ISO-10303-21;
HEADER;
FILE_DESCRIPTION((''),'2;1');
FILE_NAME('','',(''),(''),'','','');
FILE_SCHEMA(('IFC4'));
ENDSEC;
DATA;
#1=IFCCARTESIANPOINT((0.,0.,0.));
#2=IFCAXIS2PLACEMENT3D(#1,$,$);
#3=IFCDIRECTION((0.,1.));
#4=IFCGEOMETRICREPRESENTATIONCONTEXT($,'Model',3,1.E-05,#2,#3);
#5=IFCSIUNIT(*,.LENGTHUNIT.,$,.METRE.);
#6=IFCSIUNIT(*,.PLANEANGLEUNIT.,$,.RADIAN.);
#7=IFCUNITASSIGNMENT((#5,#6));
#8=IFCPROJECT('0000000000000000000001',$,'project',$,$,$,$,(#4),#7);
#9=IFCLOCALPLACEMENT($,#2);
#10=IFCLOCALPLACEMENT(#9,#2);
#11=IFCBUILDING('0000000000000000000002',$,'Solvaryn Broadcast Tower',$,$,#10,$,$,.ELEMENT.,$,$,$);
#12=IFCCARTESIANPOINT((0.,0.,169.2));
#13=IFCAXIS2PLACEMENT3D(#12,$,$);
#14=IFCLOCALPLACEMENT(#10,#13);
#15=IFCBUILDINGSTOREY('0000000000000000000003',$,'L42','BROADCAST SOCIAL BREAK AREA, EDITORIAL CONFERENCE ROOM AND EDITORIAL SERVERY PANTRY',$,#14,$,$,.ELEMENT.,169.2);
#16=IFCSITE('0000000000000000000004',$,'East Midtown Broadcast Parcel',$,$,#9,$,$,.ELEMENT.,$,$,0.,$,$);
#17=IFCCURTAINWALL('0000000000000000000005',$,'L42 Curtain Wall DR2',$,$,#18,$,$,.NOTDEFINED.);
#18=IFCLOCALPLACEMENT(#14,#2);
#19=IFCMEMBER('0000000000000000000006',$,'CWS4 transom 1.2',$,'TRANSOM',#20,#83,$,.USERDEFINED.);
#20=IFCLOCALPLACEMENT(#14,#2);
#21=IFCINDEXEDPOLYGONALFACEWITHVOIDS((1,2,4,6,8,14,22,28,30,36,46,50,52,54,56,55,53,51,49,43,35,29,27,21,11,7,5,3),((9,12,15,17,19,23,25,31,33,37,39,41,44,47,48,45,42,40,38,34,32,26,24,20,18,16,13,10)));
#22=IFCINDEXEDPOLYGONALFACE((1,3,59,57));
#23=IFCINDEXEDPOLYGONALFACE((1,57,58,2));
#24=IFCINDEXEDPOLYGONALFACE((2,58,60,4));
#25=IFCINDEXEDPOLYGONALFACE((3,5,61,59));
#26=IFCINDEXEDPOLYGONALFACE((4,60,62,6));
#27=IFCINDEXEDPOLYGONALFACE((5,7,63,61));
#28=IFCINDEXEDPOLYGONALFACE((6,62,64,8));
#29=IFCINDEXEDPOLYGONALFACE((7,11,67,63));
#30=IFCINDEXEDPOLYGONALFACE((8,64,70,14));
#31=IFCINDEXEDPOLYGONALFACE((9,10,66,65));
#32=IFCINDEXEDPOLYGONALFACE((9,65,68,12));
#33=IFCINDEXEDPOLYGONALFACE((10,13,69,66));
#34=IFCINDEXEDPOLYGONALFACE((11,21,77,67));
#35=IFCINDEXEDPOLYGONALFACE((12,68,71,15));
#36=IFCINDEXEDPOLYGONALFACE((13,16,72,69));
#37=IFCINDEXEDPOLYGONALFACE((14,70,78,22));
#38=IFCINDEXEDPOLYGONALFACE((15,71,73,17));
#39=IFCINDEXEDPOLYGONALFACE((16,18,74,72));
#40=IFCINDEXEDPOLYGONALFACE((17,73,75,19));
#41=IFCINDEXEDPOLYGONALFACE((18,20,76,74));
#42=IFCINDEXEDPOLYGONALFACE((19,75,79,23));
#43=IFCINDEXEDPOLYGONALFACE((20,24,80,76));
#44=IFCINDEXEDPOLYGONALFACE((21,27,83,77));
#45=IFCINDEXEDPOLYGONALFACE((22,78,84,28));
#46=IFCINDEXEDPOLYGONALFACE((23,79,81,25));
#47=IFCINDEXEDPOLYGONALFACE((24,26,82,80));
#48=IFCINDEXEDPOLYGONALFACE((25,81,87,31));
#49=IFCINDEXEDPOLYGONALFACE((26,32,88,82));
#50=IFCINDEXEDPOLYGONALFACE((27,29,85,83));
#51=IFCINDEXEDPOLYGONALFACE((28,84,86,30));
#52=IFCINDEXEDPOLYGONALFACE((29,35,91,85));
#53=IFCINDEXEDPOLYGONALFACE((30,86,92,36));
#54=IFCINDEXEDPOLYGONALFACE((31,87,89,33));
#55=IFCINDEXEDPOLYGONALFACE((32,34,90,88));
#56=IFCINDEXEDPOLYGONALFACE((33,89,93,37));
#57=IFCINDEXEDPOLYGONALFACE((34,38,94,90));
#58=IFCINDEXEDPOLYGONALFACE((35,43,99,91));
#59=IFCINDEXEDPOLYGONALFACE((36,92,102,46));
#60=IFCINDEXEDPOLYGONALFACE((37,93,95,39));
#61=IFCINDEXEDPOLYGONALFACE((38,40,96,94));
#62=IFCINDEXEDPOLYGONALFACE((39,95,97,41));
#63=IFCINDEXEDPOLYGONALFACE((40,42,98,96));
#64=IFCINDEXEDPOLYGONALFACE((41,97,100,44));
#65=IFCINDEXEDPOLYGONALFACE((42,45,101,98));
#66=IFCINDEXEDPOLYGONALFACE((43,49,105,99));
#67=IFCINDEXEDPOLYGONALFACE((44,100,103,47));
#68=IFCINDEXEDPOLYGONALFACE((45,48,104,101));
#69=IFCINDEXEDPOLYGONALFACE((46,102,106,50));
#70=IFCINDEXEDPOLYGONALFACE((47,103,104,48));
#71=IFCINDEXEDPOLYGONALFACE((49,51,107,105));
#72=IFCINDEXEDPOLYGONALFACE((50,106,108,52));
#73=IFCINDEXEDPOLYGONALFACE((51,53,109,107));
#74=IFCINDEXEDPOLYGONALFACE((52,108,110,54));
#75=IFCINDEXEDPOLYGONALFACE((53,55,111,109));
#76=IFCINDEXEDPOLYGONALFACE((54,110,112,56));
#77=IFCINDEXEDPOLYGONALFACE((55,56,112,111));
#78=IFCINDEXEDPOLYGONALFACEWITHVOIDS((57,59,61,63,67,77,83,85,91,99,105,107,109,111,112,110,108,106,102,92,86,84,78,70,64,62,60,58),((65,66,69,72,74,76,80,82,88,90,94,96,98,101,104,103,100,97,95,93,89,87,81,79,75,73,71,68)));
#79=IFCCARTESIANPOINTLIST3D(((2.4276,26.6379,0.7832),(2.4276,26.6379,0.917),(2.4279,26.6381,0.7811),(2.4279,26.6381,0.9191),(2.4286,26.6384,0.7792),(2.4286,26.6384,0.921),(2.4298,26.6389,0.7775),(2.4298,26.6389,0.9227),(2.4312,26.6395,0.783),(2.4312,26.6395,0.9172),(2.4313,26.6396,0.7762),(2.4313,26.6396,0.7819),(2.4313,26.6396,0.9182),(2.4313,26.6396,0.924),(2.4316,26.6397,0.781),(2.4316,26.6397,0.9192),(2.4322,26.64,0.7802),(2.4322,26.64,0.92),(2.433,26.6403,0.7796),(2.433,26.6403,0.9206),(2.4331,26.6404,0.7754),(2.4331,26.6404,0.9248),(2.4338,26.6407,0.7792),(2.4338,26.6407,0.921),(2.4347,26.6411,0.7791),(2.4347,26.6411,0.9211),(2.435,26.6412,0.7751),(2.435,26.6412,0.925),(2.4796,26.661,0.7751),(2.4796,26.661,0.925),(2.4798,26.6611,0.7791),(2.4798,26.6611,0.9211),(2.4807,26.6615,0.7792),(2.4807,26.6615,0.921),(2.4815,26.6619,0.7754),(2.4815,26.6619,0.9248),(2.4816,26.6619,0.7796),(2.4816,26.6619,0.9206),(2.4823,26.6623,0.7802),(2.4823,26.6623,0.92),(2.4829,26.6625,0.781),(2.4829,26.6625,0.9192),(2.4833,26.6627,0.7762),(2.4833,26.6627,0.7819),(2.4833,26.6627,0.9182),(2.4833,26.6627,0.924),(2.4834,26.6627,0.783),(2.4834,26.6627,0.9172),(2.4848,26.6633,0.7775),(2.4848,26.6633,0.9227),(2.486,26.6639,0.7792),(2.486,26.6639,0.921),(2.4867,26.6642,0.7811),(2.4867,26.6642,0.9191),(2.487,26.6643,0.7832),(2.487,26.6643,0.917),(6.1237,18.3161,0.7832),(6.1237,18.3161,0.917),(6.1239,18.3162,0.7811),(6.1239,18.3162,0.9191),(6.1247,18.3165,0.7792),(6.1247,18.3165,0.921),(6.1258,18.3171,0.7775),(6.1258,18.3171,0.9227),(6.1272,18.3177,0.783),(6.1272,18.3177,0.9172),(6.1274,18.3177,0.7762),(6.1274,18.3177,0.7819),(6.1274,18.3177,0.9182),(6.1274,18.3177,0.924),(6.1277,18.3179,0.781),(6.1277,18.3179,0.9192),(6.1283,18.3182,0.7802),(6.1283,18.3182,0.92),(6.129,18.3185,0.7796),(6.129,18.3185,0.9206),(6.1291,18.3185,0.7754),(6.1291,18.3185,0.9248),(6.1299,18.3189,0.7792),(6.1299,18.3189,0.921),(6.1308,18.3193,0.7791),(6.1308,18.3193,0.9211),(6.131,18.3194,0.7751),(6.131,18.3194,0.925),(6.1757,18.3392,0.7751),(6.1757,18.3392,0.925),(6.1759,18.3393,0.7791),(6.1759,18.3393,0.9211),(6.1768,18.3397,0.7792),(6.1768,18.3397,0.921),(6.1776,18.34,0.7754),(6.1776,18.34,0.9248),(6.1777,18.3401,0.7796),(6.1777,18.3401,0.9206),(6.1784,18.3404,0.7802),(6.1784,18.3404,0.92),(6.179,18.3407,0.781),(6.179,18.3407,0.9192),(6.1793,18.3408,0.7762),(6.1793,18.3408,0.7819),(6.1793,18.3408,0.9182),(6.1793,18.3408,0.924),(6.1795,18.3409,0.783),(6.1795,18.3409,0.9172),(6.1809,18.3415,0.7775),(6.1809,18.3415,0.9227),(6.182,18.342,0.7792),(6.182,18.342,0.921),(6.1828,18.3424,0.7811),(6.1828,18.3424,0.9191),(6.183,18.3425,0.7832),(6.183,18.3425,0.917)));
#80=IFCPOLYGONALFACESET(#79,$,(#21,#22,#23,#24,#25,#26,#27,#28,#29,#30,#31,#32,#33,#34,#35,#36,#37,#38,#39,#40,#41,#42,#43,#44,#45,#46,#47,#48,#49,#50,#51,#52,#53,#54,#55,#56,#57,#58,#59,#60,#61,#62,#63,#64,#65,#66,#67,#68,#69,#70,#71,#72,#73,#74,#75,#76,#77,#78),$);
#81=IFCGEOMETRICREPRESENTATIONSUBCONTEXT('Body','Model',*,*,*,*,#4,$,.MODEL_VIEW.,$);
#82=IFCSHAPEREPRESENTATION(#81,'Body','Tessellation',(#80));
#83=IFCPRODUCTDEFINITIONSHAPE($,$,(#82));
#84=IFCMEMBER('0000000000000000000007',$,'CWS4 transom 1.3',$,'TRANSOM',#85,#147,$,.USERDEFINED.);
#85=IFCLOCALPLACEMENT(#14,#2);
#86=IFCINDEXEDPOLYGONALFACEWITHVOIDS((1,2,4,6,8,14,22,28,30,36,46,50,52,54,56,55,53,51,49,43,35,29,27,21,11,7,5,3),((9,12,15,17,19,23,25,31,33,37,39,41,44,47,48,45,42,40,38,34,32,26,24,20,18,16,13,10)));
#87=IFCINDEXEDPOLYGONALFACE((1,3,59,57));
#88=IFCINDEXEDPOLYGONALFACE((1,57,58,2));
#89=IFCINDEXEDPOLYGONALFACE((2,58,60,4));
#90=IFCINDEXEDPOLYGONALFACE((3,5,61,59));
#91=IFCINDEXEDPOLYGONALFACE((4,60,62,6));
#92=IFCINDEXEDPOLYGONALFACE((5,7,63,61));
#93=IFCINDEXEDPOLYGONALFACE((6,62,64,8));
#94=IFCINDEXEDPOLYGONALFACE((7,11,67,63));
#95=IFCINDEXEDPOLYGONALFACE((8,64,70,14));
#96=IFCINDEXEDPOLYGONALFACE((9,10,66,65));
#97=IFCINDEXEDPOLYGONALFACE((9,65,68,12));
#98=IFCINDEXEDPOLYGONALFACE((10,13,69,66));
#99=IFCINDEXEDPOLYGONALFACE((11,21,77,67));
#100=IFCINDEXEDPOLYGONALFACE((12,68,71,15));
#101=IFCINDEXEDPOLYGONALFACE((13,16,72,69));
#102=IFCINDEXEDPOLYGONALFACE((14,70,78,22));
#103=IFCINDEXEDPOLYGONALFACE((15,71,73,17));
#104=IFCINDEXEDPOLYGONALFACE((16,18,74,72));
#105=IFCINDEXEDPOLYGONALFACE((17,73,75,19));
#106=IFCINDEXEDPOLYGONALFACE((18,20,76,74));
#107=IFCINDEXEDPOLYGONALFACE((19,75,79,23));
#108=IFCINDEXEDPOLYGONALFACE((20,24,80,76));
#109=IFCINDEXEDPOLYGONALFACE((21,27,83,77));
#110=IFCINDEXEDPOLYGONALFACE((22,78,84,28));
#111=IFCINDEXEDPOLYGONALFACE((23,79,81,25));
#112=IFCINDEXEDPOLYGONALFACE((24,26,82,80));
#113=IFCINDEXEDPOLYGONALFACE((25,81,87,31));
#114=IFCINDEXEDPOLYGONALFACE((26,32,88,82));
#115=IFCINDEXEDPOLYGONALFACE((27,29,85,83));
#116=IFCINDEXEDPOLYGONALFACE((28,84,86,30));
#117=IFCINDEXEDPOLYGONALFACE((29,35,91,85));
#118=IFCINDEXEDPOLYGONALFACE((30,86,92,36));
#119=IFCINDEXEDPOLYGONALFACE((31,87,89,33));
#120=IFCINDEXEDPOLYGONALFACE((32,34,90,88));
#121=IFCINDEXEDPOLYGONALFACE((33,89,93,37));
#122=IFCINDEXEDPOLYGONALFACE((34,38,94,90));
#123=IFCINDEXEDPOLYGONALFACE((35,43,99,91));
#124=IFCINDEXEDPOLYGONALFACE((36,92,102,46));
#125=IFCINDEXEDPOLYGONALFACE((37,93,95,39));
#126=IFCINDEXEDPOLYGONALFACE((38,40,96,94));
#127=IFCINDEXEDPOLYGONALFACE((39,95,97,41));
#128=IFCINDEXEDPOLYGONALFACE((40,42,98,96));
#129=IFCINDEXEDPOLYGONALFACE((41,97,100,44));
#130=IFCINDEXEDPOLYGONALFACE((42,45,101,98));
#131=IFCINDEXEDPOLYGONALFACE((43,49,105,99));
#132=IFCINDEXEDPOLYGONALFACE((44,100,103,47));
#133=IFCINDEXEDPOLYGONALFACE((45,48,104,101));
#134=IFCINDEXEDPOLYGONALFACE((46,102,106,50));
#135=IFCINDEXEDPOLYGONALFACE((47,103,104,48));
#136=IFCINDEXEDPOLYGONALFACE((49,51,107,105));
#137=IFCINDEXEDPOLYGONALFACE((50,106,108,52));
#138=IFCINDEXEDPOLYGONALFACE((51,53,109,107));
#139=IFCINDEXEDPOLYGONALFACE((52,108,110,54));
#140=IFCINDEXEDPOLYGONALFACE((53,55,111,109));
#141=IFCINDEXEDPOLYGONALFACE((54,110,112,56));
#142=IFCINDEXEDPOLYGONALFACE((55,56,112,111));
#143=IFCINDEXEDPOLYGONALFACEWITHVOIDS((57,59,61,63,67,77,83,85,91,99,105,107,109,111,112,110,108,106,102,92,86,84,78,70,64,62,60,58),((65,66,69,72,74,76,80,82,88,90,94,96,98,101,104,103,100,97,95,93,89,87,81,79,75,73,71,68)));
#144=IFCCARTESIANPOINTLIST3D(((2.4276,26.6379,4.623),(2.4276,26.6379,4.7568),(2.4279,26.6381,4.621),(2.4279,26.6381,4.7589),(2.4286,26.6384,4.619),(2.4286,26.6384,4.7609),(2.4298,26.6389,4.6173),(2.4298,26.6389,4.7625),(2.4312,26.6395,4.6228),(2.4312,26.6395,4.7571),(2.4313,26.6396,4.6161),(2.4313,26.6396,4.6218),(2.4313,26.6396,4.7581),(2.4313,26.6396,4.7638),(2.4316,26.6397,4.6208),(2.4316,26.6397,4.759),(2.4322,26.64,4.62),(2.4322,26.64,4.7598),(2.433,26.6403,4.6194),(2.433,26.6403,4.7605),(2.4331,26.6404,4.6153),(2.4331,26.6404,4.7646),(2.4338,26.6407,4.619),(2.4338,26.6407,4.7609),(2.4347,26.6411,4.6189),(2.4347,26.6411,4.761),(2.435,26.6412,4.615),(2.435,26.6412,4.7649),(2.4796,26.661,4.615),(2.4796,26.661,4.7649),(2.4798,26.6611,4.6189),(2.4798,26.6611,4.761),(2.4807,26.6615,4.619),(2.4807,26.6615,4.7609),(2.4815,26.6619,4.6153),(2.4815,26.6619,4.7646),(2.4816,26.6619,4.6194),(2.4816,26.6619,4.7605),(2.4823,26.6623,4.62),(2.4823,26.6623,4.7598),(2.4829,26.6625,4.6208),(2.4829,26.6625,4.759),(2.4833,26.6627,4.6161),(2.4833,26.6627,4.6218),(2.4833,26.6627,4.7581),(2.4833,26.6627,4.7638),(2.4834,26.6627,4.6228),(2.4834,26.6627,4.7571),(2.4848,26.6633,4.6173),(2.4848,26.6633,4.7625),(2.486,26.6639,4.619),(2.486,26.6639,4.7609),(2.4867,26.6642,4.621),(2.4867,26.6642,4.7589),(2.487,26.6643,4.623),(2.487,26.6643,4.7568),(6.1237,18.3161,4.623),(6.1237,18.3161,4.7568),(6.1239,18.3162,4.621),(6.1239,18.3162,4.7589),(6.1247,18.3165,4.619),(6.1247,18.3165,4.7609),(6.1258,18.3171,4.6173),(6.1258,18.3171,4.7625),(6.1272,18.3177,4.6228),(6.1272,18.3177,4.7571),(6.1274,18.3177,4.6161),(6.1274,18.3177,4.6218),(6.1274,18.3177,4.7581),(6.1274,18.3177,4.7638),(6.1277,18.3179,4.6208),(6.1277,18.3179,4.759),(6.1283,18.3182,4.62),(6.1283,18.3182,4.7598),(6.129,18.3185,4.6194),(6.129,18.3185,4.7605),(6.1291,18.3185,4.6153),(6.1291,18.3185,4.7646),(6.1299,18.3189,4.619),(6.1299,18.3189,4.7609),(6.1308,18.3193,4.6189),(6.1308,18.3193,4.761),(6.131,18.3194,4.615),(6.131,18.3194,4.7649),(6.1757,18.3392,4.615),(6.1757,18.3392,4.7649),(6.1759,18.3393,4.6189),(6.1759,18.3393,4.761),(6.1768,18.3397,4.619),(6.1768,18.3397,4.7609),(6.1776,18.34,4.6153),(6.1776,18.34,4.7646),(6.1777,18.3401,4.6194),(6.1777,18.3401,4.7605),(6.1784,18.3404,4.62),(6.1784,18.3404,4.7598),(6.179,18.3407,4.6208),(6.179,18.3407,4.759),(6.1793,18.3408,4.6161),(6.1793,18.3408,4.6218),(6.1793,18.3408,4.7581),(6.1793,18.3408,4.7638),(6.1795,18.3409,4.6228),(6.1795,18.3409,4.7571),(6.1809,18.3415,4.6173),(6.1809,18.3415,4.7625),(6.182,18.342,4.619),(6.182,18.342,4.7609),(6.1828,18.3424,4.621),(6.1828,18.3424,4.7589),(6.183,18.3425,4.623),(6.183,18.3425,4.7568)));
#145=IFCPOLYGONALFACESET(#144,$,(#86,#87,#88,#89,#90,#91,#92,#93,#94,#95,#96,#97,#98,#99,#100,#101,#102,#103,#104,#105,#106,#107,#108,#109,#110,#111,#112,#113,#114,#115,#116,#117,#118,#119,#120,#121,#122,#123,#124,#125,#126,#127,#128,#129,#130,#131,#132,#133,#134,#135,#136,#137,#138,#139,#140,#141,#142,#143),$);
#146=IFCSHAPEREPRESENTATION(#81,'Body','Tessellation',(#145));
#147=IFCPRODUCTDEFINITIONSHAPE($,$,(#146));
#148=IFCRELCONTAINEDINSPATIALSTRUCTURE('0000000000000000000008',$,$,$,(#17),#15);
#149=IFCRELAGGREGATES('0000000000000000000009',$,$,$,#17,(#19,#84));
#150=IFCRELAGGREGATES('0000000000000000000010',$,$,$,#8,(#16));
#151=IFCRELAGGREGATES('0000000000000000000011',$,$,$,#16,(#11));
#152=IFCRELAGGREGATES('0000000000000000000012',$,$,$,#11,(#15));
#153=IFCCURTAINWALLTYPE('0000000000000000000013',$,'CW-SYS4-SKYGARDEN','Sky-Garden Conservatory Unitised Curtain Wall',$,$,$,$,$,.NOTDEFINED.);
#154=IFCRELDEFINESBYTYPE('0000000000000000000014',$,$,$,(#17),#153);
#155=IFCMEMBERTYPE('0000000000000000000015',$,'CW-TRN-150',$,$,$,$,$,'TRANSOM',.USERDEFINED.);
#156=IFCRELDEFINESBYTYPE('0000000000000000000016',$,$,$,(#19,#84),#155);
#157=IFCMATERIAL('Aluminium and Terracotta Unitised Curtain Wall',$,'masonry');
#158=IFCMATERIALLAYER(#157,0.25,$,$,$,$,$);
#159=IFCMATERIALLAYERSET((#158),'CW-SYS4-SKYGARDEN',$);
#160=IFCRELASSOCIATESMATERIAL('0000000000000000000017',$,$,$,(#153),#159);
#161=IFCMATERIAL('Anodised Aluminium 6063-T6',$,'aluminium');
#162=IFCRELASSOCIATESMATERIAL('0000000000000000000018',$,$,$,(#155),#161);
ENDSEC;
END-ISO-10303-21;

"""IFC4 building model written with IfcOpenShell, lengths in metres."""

from ifc_helpers import new_model, si_unit, direction, frame, origin, origin_2d, place, context, subcontext, project, spatial, hollow_rectangle, extrude, material, layer, layer_set, material_profile, profile_set, type_object, element, aggregate, save


model = new_model("IFC4")

# Units and contexts
model_context = context("Model", 3, precision=1e-05, world=origin(), true_north=direction((0.0, 1.0)))
body_context = subcontext(model_context, "Body", "Model", "MODEL_VIEW")
ifc_project = project(units=[si_unit("LENGTHUNIT", "METRE"), si_unit("PLANEANGLEUNIT", "RADIAN")], contexts=[model_context])

# Site, building, storey
site_placement = place(None, origin())
site = spatial("IfcSite", under=ifc_project, at=site_placement, Name="East Midtown Broadcast Parcel", CompositionType="ELEMENT", RefElevation=0.0)
building_placement = place(site_placement, origin())
building = spatial("IfcBuilding", under=site, at=building_placement, Name="Solvaryn Broadcast Tower", CompositionType="ELEMENT")
storey_placement = place(building_placement, frame((0.0, 0.0, 169.2)))
storey = spatial("IfcBuildingStorey", under=building, at=storey_placement, Name="L42", Description="BROADCAST SOCIAL BREAK AREA, EDITORIAL CONFERENCE ROOM AND EDITORIAL SERVERY PANTRY", CompositionType="ELEMENT", Elevation=169.2)

# Shared definitions
ifc_material_1 = material(Name="Aluminium and Terracotta Unitised Curtain Wall", Category="masonry")
ifc_layer_1 = layer(ifc_material_1, 0.25)
ifc_layer_set_1 = layer_set([ifc_layer_1], Name="CW-SYS4-SKYGARDEN")
curtain_wall_type = type_object("IfcCurtainWallType", Name="CW-SYS4-SKYGARDEN", Description="Sky-Garden Conservatory Unitised Curtain Wall", PredefinedType="NOTDEFINED", material=ifc_layer_set_1)

# Curtain wall, members
curtain_wall_1_placement = place(storey_placement, origin())
curtain_wall_1 = element("IfcCurtainWall", 1, at=curtain_wall_1_placement, inside=storey, type_object=curtain_wall_type, Name="L42 Curtain Wall DR2", PredefinedType="NOTDEFINED")
ifc_material_2 = material(Name="Anodised Aluminium 6063-T6", Category="aluminium")
ifc_material_profile_1 = material_profile(ifc_material_2, hollow_rectangle(XDim=0.0649, YDim=0.1499, WallThickness=0.0039, InnerFilletRadius=0.0039, OuterFilletRadius=0.0081, at=origin_2d()))
ifc_profile_set_1 = profile_set([ifc_material_profile_1], Name="Anodised Aluminium 6063-T6")
member_type_1 = type_object("IfcMemberType", Name="CW-TRN-150", ElementType="TRANSOM", PredefinedType="USERDEFINED", material=ifc_profile_set_1)
member_1_placement = place(storey_placement, frame((2.4573, 26.6511, 0.8501), z_axis=(0.405907, -0.913914, 0.0), x_axis=(0.913914, 0.405907, 0.0)))
member_1 = element("IfcMember", 2, at=member_1_placement, type_object=member_type_1, Name="CWS4 transom 1.2", ObjectType="TRANSOM", PredefinedType="USERDEFINED", context=body_context, shape_type="SweptSolid", body=[
    extrude(hollow_rectangle(XDim=0.0649, YDim=0.1499, WallThickness=0.0039, InnerFilletRadius=0.0039, OuterFilletRadius=0.0081, at=origin_2d()), origin(), (0.0, 0.0, 1.0), 9.1057),
])
member_2_placement = place(storey_placement, frame((2.4573, 26.6511, 4.6899), z_axis=(0.405907, -0.913914, 0.0), x_axis=(0.913914, 0.405907, 0.0)))
member_2 = element("IfcMember", 3, at=member_2_placement, type_object=member_type_1, Name="CWS4 transom 1.3", ObjectType="TRANSOM", PredefinedType="USERDEFINED", context=body_context, shape_type="SweptSolid", body=[
    extrude(hollow_rectangle(XDim=0.0649, YDim=0.1499, WallThickness=0.0039, InnerFilletRadius=0.0039, OuterFilletRadius=0.0081, at=origin_2d()), origin(), (0.0, 0.0, 1.0), 9.1057),
])
aggregate(curtain_wall_1, [member_1, member_2])

save(model, "model.ifc")
